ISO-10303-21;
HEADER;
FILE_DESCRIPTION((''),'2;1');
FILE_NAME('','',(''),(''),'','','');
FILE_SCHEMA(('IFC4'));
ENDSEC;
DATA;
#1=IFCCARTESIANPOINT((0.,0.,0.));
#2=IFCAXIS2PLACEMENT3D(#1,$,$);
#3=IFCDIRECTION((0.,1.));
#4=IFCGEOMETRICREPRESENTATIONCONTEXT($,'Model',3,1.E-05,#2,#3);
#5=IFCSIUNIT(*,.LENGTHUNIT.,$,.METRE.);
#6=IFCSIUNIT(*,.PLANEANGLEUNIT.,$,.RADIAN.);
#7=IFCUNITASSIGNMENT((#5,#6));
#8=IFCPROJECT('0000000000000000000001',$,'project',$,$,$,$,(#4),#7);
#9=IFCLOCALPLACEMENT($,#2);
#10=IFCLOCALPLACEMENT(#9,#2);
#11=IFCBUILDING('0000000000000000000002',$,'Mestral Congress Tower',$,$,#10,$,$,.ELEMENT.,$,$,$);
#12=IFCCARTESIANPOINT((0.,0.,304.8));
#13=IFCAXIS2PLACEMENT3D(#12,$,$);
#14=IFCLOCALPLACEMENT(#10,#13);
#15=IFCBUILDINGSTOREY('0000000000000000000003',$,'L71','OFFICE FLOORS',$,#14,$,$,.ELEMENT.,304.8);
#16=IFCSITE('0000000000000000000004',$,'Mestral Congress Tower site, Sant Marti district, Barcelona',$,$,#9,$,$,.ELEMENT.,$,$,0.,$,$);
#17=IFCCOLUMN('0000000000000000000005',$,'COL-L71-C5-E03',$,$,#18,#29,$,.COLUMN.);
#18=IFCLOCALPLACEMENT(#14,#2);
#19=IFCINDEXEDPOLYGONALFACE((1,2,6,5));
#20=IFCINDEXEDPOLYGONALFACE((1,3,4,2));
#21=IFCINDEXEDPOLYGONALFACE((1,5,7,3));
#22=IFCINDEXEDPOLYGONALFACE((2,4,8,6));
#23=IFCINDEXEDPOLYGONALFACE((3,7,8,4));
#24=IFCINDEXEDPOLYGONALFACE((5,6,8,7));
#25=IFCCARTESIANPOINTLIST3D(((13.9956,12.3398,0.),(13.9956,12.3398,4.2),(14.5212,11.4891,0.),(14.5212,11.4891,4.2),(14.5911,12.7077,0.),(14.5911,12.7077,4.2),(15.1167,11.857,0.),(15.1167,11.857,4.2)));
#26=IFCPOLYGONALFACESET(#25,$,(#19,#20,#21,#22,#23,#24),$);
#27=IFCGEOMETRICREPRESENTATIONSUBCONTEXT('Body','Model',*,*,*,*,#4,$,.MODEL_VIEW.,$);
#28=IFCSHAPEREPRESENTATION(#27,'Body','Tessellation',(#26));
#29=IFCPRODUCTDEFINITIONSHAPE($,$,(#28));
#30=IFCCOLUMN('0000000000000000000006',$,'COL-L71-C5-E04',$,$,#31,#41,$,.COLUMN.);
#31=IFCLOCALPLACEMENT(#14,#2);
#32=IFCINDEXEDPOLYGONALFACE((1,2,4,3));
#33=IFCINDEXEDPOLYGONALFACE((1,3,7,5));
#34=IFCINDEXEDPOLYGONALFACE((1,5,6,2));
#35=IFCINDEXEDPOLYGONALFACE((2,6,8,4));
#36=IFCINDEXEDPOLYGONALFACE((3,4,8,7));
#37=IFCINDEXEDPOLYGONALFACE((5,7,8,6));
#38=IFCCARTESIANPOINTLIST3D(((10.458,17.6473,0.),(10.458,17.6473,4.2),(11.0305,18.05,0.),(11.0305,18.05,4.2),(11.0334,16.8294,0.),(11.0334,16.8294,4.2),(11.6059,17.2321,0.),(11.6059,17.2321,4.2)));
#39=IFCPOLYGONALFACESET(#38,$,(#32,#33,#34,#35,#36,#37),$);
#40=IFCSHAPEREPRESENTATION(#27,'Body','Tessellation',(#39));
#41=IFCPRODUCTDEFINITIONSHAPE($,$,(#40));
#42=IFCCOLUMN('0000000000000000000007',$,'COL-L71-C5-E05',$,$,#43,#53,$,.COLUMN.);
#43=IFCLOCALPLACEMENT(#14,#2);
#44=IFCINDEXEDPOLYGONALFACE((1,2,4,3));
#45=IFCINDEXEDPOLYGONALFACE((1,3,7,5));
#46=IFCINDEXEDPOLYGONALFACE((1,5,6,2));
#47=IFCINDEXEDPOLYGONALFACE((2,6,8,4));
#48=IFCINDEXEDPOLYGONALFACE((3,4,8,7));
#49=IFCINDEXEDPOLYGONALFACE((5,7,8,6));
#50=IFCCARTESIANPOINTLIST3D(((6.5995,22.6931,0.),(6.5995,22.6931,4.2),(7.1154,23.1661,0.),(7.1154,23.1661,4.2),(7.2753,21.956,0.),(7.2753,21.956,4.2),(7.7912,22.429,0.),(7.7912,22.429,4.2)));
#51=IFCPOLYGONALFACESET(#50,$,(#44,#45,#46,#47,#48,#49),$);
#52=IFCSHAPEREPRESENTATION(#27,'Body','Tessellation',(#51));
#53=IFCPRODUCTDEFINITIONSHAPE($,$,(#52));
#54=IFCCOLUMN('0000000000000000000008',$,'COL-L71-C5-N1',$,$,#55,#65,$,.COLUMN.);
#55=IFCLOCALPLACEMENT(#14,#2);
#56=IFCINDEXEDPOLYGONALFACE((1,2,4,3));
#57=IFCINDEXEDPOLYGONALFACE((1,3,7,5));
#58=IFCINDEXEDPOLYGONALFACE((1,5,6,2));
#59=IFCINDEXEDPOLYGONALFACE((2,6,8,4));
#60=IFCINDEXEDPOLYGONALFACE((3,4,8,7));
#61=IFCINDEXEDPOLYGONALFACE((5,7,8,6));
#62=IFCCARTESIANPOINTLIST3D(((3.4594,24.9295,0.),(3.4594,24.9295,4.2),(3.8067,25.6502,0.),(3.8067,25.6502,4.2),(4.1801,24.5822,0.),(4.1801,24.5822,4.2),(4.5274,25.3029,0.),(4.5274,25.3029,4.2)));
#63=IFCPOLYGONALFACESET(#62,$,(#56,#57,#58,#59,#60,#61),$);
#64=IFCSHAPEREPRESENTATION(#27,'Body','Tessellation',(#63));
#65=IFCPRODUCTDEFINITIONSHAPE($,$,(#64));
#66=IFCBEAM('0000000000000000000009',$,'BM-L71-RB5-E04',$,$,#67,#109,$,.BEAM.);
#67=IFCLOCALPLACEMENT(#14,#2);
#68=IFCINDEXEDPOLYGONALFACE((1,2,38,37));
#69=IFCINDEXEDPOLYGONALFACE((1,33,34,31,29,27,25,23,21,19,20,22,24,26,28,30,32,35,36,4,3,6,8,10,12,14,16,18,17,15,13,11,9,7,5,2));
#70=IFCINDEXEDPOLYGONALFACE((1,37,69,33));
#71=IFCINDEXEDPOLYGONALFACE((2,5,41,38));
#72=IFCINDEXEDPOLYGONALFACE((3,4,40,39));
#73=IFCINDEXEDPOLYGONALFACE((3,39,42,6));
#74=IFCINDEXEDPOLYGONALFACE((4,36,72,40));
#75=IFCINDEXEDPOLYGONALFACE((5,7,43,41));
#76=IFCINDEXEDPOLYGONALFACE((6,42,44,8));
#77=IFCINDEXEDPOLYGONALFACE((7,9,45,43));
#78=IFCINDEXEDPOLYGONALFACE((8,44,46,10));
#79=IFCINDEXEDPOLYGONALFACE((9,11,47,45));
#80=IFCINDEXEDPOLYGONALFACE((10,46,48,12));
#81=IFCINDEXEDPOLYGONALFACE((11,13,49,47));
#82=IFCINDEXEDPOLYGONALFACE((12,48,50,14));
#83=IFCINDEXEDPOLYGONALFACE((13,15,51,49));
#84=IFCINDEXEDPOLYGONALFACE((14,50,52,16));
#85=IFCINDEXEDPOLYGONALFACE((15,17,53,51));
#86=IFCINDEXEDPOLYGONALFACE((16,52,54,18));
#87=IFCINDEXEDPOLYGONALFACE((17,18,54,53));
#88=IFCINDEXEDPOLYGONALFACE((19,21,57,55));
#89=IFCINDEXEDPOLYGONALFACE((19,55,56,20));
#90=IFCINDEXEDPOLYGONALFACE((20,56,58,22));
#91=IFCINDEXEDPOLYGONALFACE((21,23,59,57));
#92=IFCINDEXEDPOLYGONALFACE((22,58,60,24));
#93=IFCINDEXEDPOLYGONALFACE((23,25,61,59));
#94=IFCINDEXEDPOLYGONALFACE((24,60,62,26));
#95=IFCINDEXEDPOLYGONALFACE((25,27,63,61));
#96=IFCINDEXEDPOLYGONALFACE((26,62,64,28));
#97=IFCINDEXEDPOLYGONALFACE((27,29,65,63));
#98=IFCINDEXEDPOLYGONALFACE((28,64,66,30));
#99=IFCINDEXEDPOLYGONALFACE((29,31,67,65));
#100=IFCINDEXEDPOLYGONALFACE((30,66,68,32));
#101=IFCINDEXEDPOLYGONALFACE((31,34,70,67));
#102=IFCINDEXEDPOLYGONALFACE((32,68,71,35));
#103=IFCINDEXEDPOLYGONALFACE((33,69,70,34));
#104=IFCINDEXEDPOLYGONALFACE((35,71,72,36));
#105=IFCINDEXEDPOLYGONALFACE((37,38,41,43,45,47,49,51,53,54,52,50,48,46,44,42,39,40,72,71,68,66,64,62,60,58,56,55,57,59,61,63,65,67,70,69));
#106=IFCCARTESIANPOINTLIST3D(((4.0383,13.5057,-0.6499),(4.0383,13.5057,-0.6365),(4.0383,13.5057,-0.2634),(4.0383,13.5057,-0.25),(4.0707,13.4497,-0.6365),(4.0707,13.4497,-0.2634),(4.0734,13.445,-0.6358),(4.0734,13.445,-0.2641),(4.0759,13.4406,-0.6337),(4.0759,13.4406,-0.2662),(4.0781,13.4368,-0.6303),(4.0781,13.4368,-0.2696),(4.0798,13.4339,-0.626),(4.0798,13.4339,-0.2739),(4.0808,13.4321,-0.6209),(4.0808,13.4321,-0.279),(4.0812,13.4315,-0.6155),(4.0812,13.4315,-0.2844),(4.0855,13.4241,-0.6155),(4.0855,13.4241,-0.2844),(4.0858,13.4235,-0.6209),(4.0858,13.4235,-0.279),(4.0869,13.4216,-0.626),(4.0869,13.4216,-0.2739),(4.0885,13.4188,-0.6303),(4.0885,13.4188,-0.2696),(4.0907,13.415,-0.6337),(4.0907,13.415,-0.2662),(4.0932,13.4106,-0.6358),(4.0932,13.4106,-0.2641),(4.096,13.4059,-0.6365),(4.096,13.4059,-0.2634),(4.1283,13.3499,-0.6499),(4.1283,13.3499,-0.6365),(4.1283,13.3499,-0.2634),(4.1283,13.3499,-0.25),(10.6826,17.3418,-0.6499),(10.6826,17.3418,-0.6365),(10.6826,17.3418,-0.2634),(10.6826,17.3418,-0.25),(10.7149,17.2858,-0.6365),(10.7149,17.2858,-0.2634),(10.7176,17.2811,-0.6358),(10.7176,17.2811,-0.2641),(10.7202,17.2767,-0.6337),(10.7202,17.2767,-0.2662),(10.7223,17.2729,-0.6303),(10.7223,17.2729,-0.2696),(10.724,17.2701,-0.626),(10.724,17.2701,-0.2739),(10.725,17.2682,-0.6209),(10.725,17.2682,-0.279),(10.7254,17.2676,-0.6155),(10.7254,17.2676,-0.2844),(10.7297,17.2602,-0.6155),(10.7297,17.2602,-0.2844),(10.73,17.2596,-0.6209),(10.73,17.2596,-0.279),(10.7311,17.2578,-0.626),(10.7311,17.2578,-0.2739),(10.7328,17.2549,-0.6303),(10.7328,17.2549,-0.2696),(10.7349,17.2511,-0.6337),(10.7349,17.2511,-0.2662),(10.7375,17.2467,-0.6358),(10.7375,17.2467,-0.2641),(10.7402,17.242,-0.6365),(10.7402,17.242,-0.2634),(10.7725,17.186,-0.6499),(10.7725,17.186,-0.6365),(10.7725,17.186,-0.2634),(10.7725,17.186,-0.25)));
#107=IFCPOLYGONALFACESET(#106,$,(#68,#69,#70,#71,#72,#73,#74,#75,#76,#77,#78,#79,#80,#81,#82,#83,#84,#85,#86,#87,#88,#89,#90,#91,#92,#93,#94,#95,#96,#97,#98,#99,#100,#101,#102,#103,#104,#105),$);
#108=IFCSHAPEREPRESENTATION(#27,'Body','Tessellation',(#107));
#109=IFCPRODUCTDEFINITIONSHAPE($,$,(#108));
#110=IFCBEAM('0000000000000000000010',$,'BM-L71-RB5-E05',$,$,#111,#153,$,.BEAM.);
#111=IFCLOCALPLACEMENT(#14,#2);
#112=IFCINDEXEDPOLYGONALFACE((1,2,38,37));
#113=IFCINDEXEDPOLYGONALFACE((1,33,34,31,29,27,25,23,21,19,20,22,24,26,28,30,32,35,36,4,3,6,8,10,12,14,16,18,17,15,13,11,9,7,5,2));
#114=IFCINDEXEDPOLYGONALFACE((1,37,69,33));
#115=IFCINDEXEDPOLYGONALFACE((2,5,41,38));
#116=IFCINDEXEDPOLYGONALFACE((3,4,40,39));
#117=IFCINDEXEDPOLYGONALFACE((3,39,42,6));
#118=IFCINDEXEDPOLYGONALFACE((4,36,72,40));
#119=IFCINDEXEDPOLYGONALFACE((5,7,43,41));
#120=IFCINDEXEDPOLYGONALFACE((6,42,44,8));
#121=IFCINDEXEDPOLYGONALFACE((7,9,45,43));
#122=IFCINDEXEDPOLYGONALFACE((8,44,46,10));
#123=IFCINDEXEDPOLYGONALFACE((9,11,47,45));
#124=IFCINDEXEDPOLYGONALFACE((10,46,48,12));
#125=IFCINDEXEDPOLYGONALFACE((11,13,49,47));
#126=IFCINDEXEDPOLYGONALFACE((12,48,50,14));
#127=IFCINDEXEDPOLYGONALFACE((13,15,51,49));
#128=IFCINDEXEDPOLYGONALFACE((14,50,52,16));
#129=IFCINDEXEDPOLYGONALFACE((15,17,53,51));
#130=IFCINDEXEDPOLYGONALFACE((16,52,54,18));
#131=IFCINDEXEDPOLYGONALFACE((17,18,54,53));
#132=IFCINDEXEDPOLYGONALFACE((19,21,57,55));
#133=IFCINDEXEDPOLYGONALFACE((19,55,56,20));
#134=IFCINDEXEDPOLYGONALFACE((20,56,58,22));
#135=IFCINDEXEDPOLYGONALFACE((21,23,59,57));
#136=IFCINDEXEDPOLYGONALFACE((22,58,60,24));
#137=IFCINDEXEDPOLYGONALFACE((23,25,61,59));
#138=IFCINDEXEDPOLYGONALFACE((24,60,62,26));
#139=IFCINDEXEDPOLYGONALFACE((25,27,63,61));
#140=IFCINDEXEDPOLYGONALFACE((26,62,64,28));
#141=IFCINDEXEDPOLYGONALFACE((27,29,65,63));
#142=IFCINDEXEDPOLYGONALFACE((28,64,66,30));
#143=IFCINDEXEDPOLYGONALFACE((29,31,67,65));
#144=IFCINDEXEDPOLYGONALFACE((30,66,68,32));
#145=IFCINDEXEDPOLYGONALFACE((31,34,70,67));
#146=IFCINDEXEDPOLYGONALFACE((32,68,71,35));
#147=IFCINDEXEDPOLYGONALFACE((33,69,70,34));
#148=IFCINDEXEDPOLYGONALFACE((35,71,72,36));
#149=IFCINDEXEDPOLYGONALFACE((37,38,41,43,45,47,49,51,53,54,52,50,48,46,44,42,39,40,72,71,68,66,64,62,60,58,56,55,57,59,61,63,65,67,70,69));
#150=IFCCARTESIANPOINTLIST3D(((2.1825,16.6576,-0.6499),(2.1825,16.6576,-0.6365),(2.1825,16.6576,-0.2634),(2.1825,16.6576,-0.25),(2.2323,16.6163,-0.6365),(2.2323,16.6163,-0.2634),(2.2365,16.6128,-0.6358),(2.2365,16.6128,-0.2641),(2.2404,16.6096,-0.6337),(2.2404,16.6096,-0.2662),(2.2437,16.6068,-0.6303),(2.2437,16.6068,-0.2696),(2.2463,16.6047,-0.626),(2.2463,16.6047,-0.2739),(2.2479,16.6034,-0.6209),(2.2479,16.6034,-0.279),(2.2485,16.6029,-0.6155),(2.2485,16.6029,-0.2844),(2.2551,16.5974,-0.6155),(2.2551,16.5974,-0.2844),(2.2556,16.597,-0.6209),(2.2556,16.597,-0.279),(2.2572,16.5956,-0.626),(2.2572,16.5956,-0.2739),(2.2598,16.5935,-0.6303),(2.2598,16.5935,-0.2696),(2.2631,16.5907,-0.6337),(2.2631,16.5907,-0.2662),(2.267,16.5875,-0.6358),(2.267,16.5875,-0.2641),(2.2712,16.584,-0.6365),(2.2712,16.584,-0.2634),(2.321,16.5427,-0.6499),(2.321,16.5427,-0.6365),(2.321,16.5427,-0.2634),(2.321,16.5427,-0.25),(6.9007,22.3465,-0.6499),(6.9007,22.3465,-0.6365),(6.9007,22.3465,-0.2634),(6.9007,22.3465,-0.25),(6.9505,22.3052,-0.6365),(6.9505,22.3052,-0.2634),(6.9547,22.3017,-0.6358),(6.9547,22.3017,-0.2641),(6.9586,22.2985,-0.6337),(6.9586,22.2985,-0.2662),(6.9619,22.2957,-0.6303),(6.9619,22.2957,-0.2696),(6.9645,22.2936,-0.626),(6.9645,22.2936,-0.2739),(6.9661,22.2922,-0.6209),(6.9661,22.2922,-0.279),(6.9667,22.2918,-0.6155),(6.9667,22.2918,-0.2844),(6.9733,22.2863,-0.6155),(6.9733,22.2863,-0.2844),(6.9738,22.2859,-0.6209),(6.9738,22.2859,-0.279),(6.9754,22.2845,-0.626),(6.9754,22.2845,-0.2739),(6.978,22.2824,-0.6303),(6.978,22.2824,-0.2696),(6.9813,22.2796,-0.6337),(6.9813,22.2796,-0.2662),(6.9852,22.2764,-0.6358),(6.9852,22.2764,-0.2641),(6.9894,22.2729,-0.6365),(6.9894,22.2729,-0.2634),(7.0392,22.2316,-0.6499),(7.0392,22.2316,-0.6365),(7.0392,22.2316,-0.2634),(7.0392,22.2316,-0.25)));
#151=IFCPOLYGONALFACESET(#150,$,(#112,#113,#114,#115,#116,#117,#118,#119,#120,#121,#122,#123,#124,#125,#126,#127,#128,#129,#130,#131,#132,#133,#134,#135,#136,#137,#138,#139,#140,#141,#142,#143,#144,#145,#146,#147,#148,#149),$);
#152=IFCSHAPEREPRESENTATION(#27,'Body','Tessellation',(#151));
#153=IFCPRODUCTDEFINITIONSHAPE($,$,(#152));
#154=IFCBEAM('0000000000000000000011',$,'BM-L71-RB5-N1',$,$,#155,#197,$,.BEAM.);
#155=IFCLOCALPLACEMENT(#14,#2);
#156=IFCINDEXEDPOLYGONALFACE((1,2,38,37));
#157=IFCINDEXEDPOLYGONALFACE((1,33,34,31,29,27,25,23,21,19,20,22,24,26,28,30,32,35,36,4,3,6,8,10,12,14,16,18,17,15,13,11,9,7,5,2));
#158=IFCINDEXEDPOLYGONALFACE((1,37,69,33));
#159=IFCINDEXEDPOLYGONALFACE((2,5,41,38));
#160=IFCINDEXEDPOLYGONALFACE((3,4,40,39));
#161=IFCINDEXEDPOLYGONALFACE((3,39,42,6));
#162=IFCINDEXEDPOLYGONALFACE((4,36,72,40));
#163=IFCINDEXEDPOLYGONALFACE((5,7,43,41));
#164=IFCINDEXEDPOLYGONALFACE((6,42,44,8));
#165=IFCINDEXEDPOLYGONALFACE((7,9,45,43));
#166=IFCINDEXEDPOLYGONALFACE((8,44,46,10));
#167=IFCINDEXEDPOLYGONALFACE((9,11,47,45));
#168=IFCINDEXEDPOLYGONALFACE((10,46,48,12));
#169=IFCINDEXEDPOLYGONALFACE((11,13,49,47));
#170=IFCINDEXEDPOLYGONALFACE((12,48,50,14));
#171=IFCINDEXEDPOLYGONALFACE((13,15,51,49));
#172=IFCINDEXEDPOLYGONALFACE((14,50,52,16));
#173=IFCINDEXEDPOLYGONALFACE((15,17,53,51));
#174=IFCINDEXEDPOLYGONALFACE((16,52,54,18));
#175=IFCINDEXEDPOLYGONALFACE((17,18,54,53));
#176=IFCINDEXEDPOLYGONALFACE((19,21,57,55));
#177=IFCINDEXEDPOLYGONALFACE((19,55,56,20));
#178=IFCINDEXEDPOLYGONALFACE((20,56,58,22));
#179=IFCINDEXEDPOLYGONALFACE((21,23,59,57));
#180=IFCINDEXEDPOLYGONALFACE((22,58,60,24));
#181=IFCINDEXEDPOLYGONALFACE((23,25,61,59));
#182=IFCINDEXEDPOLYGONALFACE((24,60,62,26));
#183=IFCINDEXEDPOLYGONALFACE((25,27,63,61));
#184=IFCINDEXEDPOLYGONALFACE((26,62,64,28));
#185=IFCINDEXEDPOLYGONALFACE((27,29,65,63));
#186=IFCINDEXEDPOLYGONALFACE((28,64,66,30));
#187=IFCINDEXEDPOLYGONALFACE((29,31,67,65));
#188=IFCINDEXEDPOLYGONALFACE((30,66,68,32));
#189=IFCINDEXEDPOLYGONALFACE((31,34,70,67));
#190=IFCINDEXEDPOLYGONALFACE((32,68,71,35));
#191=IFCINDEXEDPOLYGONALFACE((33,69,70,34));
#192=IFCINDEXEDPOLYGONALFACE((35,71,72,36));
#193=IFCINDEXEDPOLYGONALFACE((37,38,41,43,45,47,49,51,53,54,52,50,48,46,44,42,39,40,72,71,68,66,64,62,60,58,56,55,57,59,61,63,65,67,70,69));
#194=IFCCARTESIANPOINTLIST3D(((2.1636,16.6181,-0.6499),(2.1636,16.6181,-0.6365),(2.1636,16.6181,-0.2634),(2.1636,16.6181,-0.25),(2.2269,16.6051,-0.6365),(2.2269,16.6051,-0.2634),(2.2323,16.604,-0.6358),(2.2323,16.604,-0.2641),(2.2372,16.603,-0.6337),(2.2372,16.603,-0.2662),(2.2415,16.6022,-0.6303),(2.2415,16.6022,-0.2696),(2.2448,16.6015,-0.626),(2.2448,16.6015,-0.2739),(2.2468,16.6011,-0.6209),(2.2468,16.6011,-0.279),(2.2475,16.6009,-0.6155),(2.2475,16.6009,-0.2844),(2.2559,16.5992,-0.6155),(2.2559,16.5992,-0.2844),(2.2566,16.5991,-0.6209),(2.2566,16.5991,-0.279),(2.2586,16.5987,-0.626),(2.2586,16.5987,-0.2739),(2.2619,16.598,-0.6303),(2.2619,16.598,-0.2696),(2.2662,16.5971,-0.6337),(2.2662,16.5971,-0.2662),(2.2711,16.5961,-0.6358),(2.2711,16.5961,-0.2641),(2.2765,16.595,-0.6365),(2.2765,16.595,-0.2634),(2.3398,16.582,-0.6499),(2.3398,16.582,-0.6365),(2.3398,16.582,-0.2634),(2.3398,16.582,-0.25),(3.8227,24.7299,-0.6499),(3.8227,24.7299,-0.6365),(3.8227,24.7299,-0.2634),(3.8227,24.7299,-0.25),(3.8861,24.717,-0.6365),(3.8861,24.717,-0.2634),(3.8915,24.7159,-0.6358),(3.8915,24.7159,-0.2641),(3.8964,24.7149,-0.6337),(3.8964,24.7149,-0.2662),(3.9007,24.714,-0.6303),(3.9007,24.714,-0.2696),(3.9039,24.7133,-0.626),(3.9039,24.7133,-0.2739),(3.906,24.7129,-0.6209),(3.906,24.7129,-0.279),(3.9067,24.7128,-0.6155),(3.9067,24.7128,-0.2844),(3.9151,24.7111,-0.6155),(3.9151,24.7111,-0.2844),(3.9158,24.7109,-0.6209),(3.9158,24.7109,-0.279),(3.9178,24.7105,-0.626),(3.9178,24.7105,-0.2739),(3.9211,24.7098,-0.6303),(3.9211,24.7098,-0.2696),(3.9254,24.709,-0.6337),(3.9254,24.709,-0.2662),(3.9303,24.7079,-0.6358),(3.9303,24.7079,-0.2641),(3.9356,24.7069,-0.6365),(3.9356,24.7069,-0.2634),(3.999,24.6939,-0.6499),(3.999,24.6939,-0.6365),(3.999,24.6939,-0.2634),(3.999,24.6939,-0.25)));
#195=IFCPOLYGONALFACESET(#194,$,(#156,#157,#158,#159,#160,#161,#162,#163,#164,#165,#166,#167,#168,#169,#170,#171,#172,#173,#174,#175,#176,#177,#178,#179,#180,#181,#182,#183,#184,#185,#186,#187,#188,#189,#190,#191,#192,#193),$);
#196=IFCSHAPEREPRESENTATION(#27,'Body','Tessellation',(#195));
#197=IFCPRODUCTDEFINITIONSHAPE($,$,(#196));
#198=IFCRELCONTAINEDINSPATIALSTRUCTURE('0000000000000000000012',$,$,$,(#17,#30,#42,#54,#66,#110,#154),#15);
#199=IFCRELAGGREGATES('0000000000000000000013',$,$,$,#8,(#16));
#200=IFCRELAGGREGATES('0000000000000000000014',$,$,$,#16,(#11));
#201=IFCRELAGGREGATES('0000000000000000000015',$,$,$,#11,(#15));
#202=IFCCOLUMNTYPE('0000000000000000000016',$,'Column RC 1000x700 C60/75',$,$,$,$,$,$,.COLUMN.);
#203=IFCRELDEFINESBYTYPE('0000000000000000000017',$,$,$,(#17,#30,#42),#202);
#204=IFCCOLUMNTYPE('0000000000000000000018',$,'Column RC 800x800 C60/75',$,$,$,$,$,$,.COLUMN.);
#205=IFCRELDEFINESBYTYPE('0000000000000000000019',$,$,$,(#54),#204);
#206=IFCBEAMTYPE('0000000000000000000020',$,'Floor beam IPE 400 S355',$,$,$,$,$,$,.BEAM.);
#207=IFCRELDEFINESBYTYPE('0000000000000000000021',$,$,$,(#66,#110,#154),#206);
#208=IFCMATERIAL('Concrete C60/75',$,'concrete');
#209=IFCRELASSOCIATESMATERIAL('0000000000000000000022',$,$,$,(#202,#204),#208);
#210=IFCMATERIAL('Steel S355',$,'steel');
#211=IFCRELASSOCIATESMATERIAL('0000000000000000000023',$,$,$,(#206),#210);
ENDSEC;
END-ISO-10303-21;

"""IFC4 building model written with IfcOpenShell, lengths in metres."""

from ifc_helpers import new_model, si_unit, direction, frame, origin, origin_2d, place, context, subcontext, project, spatial, rectangle, i_section, extrude, material, material_profile, profile_set, type_object, element, save


model = new_model("IFC4")

# Units and contexts
model_context = context("Model", 3, precision=1e-05, world=origin(), true_north=direction((0.0, 1.0)))
body_context = subcontext(model_context, "Body", "Model", "MODEL_VIEW")
ifc_project = project(units=[si_unit("LENGTHUNIT", "METRE"), si_unit("PLANEANGLEUNIT", "RADIAN")], contexts=[model_context])

# Site, building, storey
site_placement = place(None, origin())
site = spatial("IfcSite", under=ifc_project, at=site_placement, Name="Mestral Congress Tower site, Sant Marti district, Barcelona", CompositionType="ELEMENT", RefElevation=0.0)
building_placement = place(site_placement, origin())
building = spatial("IfcBuilding", under=site, at=building_placement, Name="Mestral Congress Tower", CompositionType="ELEMENT")
storey_placement = place(building_placement, frame((0.0, 0.0, 304.8)))
storey = spatial("IfcBuildingStorey", under=building, at=storey_placement, Name="L71", Description="OFFICE FLOORS", CompositionType="ELEMENT", Elevation=304.8)

# Columns
ifc_material_1 = material(Name="Concrete C60/75", Category="concrete")
ifc_material_profile_1 = material_profile(ifc_material_1, rectangle(XDim=1.0, YDim=0.7, at=origin_2d()), Name="RC 1000x700")
ifc_profile_set_1 = profile_set([ifc_material_profile_1], Name="Concrete C60/75")
column_type_1 = type_object("IfcColumnType", Name="Column RC 1000x700 C60/75", PredefinedType="COLUMN", material=ifc_profile_set_1)
for number, where, z_axis, x_axis, name in (
    (1, (14.5562, 12.0984, 0.0), (0.0, 0.0, 1.0), (-0.52561, 0.850726, 0.0), "COL-L71-C5-E03"),
    (2, (11.032, 17.4397, 0.0), (0.0, 0.0, 1.0), (-0.575402, 0.817871, 0.0), "COL-L71-C5-E04"),
    (3, (7.1953, 22.561, 0.0), (0.0, 0.0, 1.0), (-0.675803, 0.737083, 0.0), "COL-L71-C5-E05"),
):
    element("IfcColumn", number, at=place(storey_placement, frame(where, z_axis=z_axis, x_axis=x_axis)), inside=storey, type_object=column_type_1, Name=name, PredefinedType="COLUMN", context=body_context, shape_type="SweptSolid", body=[
        extrude(rectangle(XDim=1.0, YDim=0.7, at=origin_2d()), origin(), (0.0, 0.0, 1.0), 4.2),
    ])
ifc_material_profile_2 = material_profile(ifc_material_1, rectangle(XDim=0.8, YDim=0.8, at=origin_2d()), Name="RC 800x800")
ifc_profile_set_2 = profile_set([ifc_material_profile_2], Name="Concrete C60/75")
column_type_2 = type_object("IfcColumnType", Name="Column RC 800x800 C60/75", PredefinedType="COLUMN", material=ifc_profile_set_2)
column_placement = place(storey_placement, frame((3.9934, 25.1162, 0.0), z_axis=(0.0, 0.0, 1.0), x_axis=(-0.900873, 0.434082, 0.0)))
element("IfcColumn", 4, at=column_placement, inside=storey, type_object=column_type_2, Name="COL-L71-C5-N1", PredefinedType="COLUMN", context=body_context, shape_type="SweptSolid", body=[
    extrude(rectangle(XDim=0.8, YDim=0.8, at=origin_2d()), origin(), (0.0, 0.0, 1.0), 4.2),
])

# Beams
ifc_material_2 = material(Name="Steel S355", Category="steel")
ifc_material_profile_3 = material_profile(ifc_material_2, i_section(OverallWidth=0.1799, OverallDepth=0.3999, WebThickness=0.0085, FlangeThickness=0.0134, FilletRadius=0.021, at=origin_2d()), Name="IPE 400")
ifc_profile_set_3 = profile_set([ifc_material_profile_3], Name="Steel S355")
beam_type_1 = type_object("IfcBeamType", Name="Floor beam IPE 400 S355", PredefinedType="BEAM", material=ifc_profile_set_3)
beam_1_placement = place(storey_placement, frame((10.7275, 17.2639, -0.45), z_axis=(-0.86602, -0.50001, 0.0), x_axis=(0.50001, -0.86602, 0.0)))
element("IfcBeam", 5, at=beam_1_placement, inside=storey, type_object=beam_type_1, Name="BM-L71-RB5-E04", PredefinedType="BEAM", context=body_context, shape_type="SweptSolid", body=[
    extrude(i_section(OverallWidth=0.1799, OverallDepth=0.3999, WebThickness=0.0085, FlangeThickness=0.0134, FilletRadius=0.021, at=origin_2d()), origin(), (0.0, 0.0, 1.0), 7.6721),
])
beam_2_placement = place(storey_placement, frame((6.97, 22.2891, -0.45), z_axis=(-0.638383, -0.769719, 0.0), x_axis=(0.769719, -0.638383, 0.0)))
element("IfcBeam", 6, at=beam_2_placement, inside=storey, type_object=beam_type_1, Name="BM-L71-RB5-E05", PredefinedType="BEAM", context=body_context, shape_type="SweptSolid", body=[
    extrude(i_section(OverallWidth=0.1799, OverallDepth=0.3999, WebThickness=0.0085, FlangeThickness=0.0134, FilletRadius=0.021, at=origin_2d()), origin(), (0.0, 0.0, 1.0), 7.3909),
])
beam_3_placement = place(storey_placement, frame((3.9109, 24.7119, -0.45), z_axis=(-0.20039, -0.979716, 0.0), x_axis=(0.979716, -0.20039, 0.0)))
element("IfcBeam", 7, at=beam_3_placement, inside=storey, type_object=beam_type_1, Name="BM-L71-RB5-N1", PredefinedType="BEAM", context=body_context, shape_type="SweptSolid", body=[
    extrude(i_section(OverallWidth=0.1799, OverallDepth=0.3999, WebThickness=0.0085, FlangeThickness=0.0134, FilletRadius=0.021, at=origin_2d()), origin(), (0.0, 0.0, 1.0), 8.2798),
])

save(model, "model.ifc")
